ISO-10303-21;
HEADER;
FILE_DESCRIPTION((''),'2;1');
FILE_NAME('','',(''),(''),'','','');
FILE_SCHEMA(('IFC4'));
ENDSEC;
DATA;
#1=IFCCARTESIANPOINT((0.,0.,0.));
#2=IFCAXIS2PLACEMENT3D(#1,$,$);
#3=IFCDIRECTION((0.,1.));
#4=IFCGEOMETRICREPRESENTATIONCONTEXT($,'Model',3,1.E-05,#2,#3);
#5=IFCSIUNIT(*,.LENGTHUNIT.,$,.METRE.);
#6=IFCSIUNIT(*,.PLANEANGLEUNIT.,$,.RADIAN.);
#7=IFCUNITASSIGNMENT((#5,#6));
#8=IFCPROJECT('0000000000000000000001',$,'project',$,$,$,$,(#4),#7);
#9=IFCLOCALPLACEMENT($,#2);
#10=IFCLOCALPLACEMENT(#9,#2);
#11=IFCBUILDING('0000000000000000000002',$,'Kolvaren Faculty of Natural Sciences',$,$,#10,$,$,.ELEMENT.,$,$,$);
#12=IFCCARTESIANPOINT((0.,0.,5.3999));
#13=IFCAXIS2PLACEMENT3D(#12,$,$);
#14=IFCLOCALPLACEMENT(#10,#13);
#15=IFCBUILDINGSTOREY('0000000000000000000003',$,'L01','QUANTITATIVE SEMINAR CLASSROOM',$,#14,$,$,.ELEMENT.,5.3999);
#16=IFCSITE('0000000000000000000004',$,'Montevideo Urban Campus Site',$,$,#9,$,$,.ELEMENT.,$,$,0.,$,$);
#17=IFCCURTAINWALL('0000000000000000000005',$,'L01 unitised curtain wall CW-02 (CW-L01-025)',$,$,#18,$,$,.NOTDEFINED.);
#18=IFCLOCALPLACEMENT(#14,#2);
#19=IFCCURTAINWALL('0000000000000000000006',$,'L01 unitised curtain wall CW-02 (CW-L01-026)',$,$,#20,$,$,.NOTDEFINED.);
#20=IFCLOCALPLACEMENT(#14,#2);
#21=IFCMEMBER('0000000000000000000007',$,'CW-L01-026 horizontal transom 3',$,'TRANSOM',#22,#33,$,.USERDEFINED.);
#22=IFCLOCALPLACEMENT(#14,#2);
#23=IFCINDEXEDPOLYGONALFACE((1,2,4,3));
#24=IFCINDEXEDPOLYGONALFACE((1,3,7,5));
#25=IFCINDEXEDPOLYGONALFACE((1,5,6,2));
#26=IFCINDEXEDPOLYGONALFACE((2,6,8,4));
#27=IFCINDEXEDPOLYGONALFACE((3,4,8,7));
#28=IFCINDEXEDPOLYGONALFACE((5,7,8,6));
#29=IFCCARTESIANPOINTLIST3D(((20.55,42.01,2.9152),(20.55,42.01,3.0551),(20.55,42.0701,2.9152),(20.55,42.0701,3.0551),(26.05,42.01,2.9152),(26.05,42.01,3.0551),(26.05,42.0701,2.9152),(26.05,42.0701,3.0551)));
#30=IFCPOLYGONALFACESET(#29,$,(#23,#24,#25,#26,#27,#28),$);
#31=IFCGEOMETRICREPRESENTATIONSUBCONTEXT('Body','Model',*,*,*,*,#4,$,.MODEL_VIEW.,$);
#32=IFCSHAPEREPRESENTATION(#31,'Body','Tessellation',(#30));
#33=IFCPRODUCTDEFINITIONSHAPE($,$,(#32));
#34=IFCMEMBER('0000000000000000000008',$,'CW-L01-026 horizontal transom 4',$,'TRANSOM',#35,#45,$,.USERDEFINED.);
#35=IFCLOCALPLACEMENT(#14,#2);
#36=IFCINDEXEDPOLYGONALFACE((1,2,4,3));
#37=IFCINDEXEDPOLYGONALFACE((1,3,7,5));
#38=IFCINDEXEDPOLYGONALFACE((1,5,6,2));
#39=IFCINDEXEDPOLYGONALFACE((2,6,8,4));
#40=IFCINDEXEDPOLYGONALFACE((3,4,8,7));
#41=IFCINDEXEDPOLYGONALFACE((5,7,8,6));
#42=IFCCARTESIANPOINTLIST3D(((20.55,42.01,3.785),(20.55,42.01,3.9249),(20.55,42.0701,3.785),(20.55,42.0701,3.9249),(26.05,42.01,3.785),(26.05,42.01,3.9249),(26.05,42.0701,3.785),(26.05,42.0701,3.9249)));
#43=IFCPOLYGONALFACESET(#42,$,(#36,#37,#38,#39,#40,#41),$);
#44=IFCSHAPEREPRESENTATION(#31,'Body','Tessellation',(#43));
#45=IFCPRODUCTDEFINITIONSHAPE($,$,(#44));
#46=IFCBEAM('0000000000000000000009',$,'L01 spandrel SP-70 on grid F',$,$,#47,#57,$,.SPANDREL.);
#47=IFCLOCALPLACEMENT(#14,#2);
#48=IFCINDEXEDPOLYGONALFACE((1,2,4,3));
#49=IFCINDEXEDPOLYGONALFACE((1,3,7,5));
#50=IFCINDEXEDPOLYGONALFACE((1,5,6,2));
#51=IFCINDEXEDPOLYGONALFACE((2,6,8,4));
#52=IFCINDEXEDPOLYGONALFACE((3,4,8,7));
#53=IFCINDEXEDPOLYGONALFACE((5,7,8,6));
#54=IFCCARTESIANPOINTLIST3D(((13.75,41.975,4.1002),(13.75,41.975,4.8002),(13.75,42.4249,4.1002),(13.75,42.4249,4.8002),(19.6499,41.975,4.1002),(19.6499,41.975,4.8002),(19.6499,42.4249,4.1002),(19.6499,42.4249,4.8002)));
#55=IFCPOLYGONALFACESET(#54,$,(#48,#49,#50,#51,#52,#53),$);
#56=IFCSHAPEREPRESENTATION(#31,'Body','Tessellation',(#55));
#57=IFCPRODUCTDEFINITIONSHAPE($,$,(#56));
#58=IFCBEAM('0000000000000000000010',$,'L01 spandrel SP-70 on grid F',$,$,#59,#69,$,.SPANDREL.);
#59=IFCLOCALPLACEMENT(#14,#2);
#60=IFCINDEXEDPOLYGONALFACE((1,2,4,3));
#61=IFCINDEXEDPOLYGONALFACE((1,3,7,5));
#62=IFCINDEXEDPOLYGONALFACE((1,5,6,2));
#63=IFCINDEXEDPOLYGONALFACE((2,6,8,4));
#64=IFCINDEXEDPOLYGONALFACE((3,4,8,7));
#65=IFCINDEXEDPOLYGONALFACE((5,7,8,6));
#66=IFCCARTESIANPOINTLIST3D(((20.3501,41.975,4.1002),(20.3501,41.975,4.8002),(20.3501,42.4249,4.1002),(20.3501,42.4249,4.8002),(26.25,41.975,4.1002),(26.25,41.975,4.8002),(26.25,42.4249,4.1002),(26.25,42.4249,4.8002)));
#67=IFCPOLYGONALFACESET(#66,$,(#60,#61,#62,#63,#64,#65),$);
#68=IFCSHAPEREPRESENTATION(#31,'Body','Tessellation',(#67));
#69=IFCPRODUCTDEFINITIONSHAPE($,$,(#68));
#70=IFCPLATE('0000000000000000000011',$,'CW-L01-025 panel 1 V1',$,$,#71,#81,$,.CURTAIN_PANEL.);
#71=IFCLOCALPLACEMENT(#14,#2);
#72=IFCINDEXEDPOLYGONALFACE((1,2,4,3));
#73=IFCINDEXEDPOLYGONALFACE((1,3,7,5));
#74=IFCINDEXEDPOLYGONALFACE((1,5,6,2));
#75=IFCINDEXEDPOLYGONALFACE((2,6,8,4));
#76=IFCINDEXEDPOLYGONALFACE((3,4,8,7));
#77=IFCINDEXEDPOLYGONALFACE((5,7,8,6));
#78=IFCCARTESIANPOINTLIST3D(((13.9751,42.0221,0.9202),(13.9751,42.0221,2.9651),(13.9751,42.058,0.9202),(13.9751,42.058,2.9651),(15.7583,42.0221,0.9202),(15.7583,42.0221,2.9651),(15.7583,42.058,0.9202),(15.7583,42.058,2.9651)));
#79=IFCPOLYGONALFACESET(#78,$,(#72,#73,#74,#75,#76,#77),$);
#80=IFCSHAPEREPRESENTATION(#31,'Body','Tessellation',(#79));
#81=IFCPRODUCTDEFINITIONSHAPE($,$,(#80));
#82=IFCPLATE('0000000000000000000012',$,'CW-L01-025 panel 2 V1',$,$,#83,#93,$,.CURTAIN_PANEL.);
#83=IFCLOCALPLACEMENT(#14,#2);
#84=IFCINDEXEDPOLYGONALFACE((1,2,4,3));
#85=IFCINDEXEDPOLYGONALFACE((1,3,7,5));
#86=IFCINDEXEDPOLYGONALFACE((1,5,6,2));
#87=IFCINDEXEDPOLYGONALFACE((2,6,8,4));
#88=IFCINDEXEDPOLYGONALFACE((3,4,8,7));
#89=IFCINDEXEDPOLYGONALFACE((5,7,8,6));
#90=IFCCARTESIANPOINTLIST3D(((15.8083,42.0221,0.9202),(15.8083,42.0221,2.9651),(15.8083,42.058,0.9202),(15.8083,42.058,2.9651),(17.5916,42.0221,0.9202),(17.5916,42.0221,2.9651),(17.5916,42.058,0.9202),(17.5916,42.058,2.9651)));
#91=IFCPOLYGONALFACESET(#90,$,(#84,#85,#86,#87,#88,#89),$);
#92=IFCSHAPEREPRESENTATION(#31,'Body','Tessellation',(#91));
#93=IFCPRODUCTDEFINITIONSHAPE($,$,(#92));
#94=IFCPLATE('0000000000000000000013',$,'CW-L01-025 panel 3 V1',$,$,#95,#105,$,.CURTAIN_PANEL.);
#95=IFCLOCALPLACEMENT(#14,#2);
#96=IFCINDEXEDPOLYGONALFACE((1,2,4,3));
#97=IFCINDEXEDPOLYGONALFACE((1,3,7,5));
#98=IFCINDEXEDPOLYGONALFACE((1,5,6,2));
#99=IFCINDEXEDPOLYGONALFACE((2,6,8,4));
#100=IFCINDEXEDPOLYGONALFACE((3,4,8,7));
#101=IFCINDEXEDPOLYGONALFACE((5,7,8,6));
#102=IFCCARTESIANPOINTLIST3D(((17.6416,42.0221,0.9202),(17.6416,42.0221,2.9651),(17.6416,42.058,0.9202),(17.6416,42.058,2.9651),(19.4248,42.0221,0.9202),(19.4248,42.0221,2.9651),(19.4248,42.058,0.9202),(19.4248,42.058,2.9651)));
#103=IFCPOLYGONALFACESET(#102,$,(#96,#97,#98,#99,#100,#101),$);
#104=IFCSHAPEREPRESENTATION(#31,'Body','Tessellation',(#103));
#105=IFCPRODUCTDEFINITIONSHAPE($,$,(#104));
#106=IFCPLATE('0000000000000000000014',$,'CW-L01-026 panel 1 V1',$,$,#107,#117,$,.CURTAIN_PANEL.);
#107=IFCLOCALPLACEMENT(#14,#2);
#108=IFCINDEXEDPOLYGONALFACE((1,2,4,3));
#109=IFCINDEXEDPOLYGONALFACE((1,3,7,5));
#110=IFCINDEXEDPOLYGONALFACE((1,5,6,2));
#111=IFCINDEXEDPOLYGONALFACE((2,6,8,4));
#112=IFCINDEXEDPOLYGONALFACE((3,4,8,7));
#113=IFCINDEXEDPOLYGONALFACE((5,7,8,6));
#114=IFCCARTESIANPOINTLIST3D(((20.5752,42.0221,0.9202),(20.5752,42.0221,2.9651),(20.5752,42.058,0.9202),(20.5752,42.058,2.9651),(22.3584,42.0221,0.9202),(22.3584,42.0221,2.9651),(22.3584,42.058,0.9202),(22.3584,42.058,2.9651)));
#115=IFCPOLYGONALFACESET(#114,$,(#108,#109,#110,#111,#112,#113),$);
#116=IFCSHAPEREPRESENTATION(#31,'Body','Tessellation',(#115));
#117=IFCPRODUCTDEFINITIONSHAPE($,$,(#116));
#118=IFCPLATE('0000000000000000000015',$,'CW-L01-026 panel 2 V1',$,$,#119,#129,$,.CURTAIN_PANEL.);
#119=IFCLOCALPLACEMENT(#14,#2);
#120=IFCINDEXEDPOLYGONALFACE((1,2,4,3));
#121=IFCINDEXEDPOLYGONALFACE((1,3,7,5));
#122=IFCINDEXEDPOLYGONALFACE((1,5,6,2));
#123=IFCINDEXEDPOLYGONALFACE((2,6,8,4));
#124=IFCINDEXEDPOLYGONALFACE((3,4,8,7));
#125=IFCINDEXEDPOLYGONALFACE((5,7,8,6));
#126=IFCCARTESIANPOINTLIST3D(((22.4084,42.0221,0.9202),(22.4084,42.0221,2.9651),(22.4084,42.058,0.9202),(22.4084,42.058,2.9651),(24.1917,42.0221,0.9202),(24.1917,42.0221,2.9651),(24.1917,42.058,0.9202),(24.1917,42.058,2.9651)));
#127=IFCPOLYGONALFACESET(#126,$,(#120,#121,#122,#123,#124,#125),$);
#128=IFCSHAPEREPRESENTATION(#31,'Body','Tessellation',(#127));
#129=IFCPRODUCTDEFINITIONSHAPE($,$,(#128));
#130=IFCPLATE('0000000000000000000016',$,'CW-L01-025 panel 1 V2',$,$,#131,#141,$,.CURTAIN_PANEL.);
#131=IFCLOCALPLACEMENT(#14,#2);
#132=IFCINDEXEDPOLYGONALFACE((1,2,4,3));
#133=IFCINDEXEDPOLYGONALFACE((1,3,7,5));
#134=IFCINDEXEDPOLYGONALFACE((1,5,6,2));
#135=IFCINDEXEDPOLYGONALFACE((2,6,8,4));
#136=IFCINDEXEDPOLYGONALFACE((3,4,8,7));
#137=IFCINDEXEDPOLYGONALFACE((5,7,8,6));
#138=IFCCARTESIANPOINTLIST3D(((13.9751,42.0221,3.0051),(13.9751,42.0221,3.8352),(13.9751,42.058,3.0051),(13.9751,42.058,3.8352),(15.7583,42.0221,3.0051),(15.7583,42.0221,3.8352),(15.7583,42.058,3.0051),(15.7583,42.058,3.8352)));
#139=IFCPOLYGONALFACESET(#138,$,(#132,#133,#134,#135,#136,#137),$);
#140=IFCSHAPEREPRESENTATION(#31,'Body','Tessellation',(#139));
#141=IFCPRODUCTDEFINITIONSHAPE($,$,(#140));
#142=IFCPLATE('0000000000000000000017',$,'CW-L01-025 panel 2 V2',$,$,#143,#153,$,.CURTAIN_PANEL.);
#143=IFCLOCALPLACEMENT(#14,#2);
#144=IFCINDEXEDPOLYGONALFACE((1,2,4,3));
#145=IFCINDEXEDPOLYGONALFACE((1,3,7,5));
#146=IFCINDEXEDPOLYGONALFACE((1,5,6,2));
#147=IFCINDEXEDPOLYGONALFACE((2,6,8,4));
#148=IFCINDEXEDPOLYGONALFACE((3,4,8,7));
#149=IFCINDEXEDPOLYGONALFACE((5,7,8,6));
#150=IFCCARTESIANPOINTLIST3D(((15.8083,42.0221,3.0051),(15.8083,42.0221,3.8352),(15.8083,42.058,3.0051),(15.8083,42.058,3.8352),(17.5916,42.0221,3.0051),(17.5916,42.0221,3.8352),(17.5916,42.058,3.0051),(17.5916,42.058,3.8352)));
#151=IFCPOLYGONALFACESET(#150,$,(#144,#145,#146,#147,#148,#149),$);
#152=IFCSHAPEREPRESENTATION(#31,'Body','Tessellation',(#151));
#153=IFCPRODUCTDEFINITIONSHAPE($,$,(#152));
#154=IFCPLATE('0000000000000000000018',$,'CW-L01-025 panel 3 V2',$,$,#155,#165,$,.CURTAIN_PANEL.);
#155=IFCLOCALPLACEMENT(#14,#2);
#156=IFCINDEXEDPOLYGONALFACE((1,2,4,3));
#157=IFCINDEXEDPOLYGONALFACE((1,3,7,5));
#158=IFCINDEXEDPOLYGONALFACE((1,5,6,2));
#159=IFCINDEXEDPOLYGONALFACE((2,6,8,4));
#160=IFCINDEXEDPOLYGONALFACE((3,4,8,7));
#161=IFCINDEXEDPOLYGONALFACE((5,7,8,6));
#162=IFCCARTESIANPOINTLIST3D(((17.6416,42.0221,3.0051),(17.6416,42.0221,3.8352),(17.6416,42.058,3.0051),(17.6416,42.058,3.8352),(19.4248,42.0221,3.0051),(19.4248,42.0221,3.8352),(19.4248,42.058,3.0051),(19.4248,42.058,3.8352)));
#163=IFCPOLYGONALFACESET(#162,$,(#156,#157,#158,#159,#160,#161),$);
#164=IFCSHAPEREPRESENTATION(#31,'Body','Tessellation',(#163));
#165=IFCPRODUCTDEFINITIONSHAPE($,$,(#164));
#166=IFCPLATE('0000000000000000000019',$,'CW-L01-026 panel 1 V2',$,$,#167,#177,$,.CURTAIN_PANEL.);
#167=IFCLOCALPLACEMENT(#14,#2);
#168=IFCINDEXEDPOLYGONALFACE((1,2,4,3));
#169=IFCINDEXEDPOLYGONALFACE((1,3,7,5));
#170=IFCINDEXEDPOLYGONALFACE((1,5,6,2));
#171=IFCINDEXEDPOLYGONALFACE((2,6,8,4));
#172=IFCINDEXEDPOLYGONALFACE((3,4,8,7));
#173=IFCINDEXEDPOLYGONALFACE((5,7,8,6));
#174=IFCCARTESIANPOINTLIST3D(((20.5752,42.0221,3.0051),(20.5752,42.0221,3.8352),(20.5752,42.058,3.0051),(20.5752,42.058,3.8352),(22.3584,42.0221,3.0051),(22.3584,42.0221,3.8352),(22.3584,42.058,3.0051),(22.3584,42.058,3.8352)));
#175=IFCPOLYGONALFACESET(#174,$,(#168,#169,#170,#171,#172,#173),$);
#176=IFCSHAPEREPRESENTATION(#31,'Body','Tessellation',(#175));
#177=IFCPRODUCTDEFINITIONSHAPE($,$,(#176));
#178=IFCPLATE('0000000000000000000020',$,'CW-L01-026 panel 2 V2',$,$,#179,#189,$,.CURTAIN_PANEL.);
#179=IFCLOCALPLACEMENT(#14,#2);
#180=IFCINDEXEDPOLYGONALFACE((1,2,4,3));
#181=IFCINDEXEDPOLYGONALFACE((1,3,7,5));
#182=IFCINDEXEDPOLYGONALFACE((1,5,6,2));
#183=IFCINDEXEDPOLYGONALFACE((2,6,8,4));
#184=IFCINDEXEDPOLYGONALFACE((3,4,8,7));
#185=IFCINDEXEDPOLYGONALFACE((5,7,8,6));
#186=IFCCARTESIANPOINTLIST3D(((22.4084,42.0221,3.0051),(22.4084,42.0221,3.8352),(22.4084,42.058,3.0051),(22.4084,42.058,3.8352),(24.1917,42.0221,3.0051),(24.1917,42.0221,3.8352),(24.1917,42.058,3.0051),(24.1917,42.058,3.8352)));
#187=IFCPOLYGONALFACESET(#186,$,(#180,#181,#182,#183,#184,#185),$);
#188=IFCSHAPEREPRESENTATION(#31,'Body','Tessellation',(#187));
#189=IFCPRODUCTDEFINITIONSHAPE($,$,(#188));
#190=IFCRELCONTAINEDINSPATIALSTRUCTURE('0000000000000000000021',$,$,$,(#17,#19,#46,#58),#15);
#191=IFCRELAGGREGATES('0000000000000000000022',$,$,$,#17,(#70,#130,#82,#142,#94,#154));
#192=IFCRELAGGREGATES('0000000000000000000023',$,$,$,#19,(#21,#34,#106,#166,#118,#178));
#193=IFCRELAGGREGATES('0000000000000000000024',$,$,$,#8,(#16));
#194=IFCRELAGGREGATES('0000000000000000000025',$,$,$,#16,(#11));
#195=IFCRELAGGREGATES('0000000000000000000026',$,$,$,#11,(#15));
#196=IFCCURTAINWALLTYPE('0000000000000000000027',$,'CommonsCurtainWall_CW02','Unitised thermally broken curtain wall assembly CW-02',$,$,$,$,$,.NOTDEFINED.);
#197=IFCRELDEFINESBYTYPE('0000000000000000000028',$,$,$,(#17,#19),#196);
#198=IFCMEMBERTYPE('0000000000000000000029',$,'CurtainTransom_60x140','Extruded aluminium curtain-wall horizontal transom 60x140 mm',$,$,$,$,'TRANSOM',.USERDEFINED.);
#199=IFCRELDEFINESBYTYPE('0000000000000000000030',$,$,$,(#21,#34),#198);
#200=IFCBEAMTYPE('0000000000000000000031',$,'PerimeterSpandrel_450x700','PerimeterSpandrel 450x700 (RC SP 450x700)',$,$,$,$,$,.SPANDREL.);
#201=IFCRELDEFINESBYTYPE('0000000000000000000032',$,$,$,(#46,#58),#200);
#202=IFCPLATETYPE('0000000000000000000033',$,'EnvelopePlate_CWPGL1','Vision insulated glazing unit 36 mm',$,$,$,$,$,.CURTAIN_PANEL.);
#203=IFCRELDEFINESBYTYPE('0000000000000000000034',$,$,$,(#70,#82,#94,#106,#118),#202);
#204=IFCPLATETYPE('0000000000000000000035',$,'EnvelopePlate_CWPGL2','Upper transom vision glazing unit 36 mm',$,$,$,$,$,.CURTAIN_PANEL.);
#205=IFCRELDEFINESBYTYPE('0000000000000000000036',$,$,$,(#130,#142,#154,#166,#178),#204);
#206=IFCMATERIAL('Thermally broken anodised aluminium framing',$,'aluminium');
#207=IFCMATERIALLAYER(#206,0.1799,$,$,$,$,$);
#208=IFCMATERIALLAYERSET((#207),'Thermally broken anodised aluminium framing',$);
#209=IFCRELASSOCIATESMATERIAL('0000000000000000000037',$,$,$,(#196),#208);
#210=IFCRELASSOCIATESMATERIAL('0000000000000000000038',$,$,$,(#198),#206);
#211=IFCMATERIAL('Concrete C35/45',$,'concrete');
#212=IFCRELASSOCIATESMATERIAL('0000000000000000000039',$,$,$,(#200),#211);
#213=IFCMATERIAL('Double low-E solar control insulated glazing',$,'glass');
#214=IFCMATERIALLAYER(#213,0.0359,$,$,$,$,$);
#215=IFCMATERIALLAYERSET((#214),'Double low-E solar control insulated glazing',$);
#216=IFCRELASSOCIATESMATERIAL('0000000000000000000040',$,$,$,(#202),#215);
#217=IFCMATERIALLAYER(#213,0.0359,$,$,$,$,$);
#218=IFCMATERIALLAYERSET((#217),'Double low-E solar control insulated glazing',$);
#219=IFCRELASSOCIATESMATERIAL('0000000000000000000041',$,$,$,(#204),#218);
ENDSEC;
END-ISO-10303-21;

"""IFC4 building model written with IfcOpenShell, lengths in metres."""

from ifc_helpers import new_model, si_unit, direction, frame, origin, origin_2d, place, context, subcontext, project, spatial, rectangle, extrude, material, layer, layer_set, material_profile, profile_set, type_object, element, aggregate, save


model = new_model("IFC4")

# Units and contexts
model_context = context("Model", 3, precision=1e-05, world=origin(), true_north=direction((0.0, 1.0)))
body_context = subcontext(model_context, "Body", "Model", "MODEL_VIEW")
ifc_project = project(units=[si_unit("LENGTHUNIT", "METRE"), si_unit("PLANEANGLEUNIT", "RADIAN")], contexts=[model_context])

# Site, building, storey
site_placement = place(None, origin())
site = spatial("IfcSite", under=ifc_project, at=site_placement, Name="Montevideo Urban Campus Site", CompositionType="ELEMENT", RefElevation=0.0)
building_placement = place(site_placement, origin())
building = spatial("IfcBuilding", under=site, at=building_placement, Name="Kolvaren Faculty of Natural Sciences", CompositionType="ELEMENT")
storey_placement = place(building_placement, frame((0.0, 0.0, 5.3999)))
storey = spatial("IfcBuildingStorey", under=building, at=storey_placement, Name="L01", Description="QUANTITATIVE SEMINAR CLASSROOM", CompositionType="ELEMENT", Elevation=5.3999)

# Curtain walls
ifc_material_1 = material(Name="Thermally broken anodised aluminium framing", Category="aluminium")
ifc_layer_1 = layer(ifc_material_1, 0.1799)
ifc_layer_set_1 = layer_set([ifc_layer_1], Name="Thermally broken anodised aluminium framing")
curtain_wall_type = type_object("IfcCurtainWallType", Name="CommonsCurtainWall_CW02", Description="Unitised thermally broken curtain wall assembly CW-02", PredefinedType="NOTDEFINED", material=ifc_layer_set_1)
curtain_wall_1_placement = place(storey_placement, origin())
curtain_wall_1 = element("IfcCurtainWall", 1, at=curtain_wall_1_placement, inside=storey, type_object=curtain_wall_type, Name="L01 unitised curtain wall CW-02 (CW-L01-025)", PredefinedType="NOTDEFINED")
curtain_wall_2_placement = place(storey_placement, origin())
curtain_wall_2 = element("IfcCurtainWall", 2, at=curtain_wall_2_placement, inside=storey, type_object=curtain_wall_type, Name="L01 unitised curtain wall CW-02 (CW-L01-026)", PredefinedType="NOTDEFINED")

# Members
ifc_material_profile_1 = material_profile(ifc_material_1, rectangle(XDim=0.0601, YDim=0.1399, at=origin_2d()), Name="ALU TRN 60x140")
ifc_profile_set_1 = profile_set([ifc_material_profile_1], Name="Thermally broken anodised aluminium framing")
member_type_1 = type_object("IfcMemberType", Name="CurtainTransom_60x140", Description="Extruded aluminium curtain-wall horizontal transom 60x140 mm", ElementType="TRANSOM", PredefinedType="USERDEFINED", material=ifc_profile_set_1)
member_1_placement = place(storey_placement, frame((20.55, 42.04, 2.9851), z_axis=(1.0, 0.0, 0.0), x_axis=(0.0, 1.0, 0.0)))
member_1 = element("IfcMember", 3, at=member_1_placement, type_object=member_type_1, Name="CW-L01-026 horizontal transom 3", ObjectType="TRANSOM", PredefinedType="USERDEFINED", context=body_context, shape_type="SweptSolid", body=[
    extrude(rectangle(XDim=0.0601, YDim=0.1399, at=origin_2d()), origin(), (0.0, 0.0, 1.0), 5.5),
])
member_2_placement = place(storey_placement, frame((20.55, 42.04, 3.855), z_axis=(1.0, 0.0, 0.0), x_axis=(0.0, 1.0, 0.0)))
member_2 = element("IfcMember", 4, at=member_2_placement, type_object=member_type_1, Name="CW-L01-026 horizontal transom 4", ObjectType="TRANSOM", PredefinedType="USERDEFINED", context=body_context, shape_type="SweptSolid", body=[
    extrude(rectangle(XDim=0.0601, YDim=0.1399, at=origin_2d()), origin(), (0.0, 0.0, 1.0), 5.5),
])

# Beams
ifc_material_2 = material(Name="Concrete C35/45", Category="concrete")
ifc_material_profile_2 = material_profile(ifc_material_2, rectangle(XDim=0.45, YDim=0.7, at=origin_2d()), Name="RC SP 450x700")
ifc_profile_set_2 = profile_set([ifc_material_profile_2], Name="Concrete C35/45")
beam_type = type_object("IfcBeamType", Name="PerimeterSpandrel_450x700", Description="PerimeterSpandrel 450x700 (RC SP 450x700)", PredefinedType="SPANDREL", material=ifc_profile_set_2)
for number, where, z_axis, x_axis, name in (
    (5, (13.75, 42.2, 4.4502), (1.0, 0.0, 0.0), (0.0, 1.0, 0.0), "L01 spandrel SP-70 on grid F"),
    (6, (20.3501, 42.2, 4.4502), (1.0, 0.0, 0.0), (0.0, 1.0, 0.0), "L01 spandrel SP-70 on grid F"),
):
    element("IfcBeam", number, at=place(storey_placement, frame(where, z_axis=z_axis, x_axis=x_axis)), inside=storey, type_object=beam_type, Name=name, PredefinedType="SPANDREL", context=body_context, shape_type="SweptSolid", body=[
        extrude(rectangle(XDim=0.45, YDim=0.7, at=origin_2d()), origin(), (0.0, 0.0, 1.0), 5.8999),
    ])

# Plates
ifc_material_3 = material(Name="Double low-E solar control insulated glazing", Category="glass")
ifc_layer_2 = layer(ifc_material_3, 0.0359)
ifc_layer_set_2 = layer_set([ifc_layer_2], Name="Double low-E solar control insulated glazing")
plate_type_1 = type_object("IfcPlateType", Name="EnvelopePlate_CWPGL1", Description="Vision insulated glazing unit 36 mm", PredefinedType="CURTAIN_PANEL", material=ifc_layer_set_2)
plate_1_placement = place(storey_placement, frame((14.8667, 42.04, 0.9202), z_axis=(0.0, 0.0, 1.0), x_axis=(1.0, 0.0, 0.0)))
plate_1 = element("IfcPlate", 7, at=plate_1_placement, type_object=plate_type_1, Name="CW-L01-025 panel 1 V1", PredefinedType="CURTAIN_PANEL", context=body_context, shape_type="SweptSolid", body=[
    extrude(rectangle(XDim=1.7832, YDim=0.0359, at=origin_2d()), origin(), (0.0, 0.0, 1.0), 2.0449),
])
plate_2_placement = place(storey_placement, frame((16.7, 42.04, 0.9202), z_axis=(0.0, 0.0, 1.0), x_axis=(1.0, 0.0, 0.0)))
plate_2 = element("IfcPlate", 8, at=plate_2_placement, type_object=plate_type_1, Name="CW-L01-025 panel 2 V1", PredefinedType="CURTAIN_PANEL", context=body_context, shape_type="SweptSolid", body=[
    extrude(rectangle(XDim=1.7832, YDim=0.0359, at=origin_2d()), origin(), (0.0, 0.0, 1.0), 2.0449),
])
plate_3_placement = place(storey_placement, frame((18.5332, 42.04, 0.9202), z_axis=(0.0, 0.0, 1.0), x_axis=(1.0, 0.0, 0.0)))
plate_3 = element("IfcPlate", 9, at=plate_3_placement, type_object=plate_type_1, Name="CW-L01-025 panel 3 V1", PredefinedType="CURTAIN_PANEL", context=body_context, shape_type="SweptSolid", body=[
    extrude(rectangle(XDim=1.7832, YDim=0.0359, at=origin_2d()), origin(), (0.0, 0.0, 1.0), 2.0449),
])
plate_4_placement = place(storey_placement, frame((21.4668, 42.04, 0.9202), z_axis=(0.0, 0.0, 1.0), x_axis=(1.0, 0.0, 0.0)))
plate_4 = element("IfcPlate", 10, at=plate_4_placement, type_object=plate_type_1, Name="CW-L01-026 panel 1 V1", PredefinedType="CURTAIN_PANEL", context=body_context, shape_type="SweptSolid", body=[
    extrude(rectangle(XDim=1.7832, YDim=0.0359, at=origin_2d()), origin(), (0.0, 0.0, 1.0), 2.0449),
])
plate_5_placement = place(storey_placement, frame((23.3, 42.04, 0.9202), z_axis=(0.0, 0.0, 1.0), x_axis=(1.0, 0.0, 0.0)))
plate_5 = element("IfcPlate", 11, at=plate_5_placement, type_object=plate_type_1, Name="CW-L01-026 panel 2 V1", PredefinedType="CURTAIN_PANEL", context=body_context, shape_type="SweptSolid", body=[
    extrude(rectangle(XDim=1.7832, YDim=0.0359, at=origin_2d()), origin(), (0.0, 0.0, 1.0), 2.0449),
])
ifc_layer_3 = layer(ifc_material_3, 0.0359)
ifc_layer_set_3 = layer_set([ifc_layer_3], Name="Double low-E solar control insulated glazing")
plate_type_2 = type_object("IfcPlateType", Name="EnvelopePlate_CWPGL2", Description="Upper transom vision glazing unit 36 mm", PredefinedType="CURTAIN_PANEL", material=ifc_layer_set_3)
plate_6_placement = place(storey_placement, frame((14.8667, 42.04, 3.0051), z_axis=(0.0, 0.0, 1.0), x_axis=(1.0, 0.0, 0.0)))
plate_6 = element("IfcPlate", 12, at=plate_6_placement, type_object=plate_type_2, Name="CW-L01-025 panel 1 V2", PredefinedType="CURTAIN_PANEL", context=body_context, shape_type="SweptSolid", body=[
    extrude(rectangle(XDim=1.7832, YDim=0.0359, at=origin_2d()), origin(), (0.0, 0.0, 1.0), 0.8301),
])
plate_7_placement = place(storey_placement, frame((16.7, 42.04, 3.0051), z_axis=(0.0, 0.0, 1.0), x_axis=(1.0, 0.0, 0.0)))
plate_7 = element("IfcPlate", 13, at=plate_7_placement, type_object=plate_type_2, Name="CW-L01-025 panel 2 V2", PredefinedType="CURTAIN_PANEL", context=body_context, shape_type="SweptSolid", body=[
    extrude(rectangle(XDim=1.7832, YDim=0.0359, at=origin_2d()), origin(), (0.0, 0.0, 1.0), 0.8301),
])
plate_8_placement = place(storey_placement, frame((18.5332, 42.04, 3.0051), z_axis=(0.0, 0.0, 1.0), x_axis=(1.0, 0.0, 0.0)))
plate_8 = element("IfcPlate", 14, at=plate_8_placement, type_object=plate_type_2, Name="CW-L01-025 panel 3 V2", PredefinedType="CURTAIN_PANEL", context=body_context, shape_type="SweptSolid", body=[
    extrude(rectangle(XDim=1.7832, YDim=0.0359, at=origin_2d()), origin(), (0.0, 0.0, 1.0), 0.8301),
])
plate_9_placement = place(storey_placement, frame((21.4668, 42.04, 3.0051), z_axis=(0.0, 0.0, 1.0), x_axis=(1.0, 0.0, 0.0)))
plate_9 = element("IfcPlate", 15, at=plate_9_placement, type_object=plate_type_2, Name="CW-L01-026 panel 1 V2", PredefinedType="CURTAIN_PANEL", context=body_context, shape_type="SweptSolid", body=[
    extrude(rectangle(XDim=1.7832, YDim=0.0359, at=origin_2d()), origin(), (0.0, 0.0, 1.0), 0.8301),
])
plate_10_placement = place(storey_placement, frame((23.3, 42.04, 3.0051), z_axis=(0.0, 0.0, 1.0), x_axis=(1.0, 0.0, 0.0)))
plate_10 = element("IfcPlate", 16, at=plate_10_placement, type_object=plate_type_2, Name="CW-L01-026 panel 2 V2", PredefinedType="CURTAIN_PANEL", context=body_context, shape_type="SweptSolid", body=[
    extrude(rectangle(XDim=1.7832, YDim=0.0359, at=origin_2d()), origin(), (0.0, 0.0, 1.0), 0.8301),
])
aggregate(curtain_wall_1, [plate_1, plate_6, plate_2, plate_7, plate_3, plate_8])
aggregate(curtain_wall_2, [member_1, member_2, plate_4, plate_9, plate_5, plate_10])

save(model, "model.ifc")
